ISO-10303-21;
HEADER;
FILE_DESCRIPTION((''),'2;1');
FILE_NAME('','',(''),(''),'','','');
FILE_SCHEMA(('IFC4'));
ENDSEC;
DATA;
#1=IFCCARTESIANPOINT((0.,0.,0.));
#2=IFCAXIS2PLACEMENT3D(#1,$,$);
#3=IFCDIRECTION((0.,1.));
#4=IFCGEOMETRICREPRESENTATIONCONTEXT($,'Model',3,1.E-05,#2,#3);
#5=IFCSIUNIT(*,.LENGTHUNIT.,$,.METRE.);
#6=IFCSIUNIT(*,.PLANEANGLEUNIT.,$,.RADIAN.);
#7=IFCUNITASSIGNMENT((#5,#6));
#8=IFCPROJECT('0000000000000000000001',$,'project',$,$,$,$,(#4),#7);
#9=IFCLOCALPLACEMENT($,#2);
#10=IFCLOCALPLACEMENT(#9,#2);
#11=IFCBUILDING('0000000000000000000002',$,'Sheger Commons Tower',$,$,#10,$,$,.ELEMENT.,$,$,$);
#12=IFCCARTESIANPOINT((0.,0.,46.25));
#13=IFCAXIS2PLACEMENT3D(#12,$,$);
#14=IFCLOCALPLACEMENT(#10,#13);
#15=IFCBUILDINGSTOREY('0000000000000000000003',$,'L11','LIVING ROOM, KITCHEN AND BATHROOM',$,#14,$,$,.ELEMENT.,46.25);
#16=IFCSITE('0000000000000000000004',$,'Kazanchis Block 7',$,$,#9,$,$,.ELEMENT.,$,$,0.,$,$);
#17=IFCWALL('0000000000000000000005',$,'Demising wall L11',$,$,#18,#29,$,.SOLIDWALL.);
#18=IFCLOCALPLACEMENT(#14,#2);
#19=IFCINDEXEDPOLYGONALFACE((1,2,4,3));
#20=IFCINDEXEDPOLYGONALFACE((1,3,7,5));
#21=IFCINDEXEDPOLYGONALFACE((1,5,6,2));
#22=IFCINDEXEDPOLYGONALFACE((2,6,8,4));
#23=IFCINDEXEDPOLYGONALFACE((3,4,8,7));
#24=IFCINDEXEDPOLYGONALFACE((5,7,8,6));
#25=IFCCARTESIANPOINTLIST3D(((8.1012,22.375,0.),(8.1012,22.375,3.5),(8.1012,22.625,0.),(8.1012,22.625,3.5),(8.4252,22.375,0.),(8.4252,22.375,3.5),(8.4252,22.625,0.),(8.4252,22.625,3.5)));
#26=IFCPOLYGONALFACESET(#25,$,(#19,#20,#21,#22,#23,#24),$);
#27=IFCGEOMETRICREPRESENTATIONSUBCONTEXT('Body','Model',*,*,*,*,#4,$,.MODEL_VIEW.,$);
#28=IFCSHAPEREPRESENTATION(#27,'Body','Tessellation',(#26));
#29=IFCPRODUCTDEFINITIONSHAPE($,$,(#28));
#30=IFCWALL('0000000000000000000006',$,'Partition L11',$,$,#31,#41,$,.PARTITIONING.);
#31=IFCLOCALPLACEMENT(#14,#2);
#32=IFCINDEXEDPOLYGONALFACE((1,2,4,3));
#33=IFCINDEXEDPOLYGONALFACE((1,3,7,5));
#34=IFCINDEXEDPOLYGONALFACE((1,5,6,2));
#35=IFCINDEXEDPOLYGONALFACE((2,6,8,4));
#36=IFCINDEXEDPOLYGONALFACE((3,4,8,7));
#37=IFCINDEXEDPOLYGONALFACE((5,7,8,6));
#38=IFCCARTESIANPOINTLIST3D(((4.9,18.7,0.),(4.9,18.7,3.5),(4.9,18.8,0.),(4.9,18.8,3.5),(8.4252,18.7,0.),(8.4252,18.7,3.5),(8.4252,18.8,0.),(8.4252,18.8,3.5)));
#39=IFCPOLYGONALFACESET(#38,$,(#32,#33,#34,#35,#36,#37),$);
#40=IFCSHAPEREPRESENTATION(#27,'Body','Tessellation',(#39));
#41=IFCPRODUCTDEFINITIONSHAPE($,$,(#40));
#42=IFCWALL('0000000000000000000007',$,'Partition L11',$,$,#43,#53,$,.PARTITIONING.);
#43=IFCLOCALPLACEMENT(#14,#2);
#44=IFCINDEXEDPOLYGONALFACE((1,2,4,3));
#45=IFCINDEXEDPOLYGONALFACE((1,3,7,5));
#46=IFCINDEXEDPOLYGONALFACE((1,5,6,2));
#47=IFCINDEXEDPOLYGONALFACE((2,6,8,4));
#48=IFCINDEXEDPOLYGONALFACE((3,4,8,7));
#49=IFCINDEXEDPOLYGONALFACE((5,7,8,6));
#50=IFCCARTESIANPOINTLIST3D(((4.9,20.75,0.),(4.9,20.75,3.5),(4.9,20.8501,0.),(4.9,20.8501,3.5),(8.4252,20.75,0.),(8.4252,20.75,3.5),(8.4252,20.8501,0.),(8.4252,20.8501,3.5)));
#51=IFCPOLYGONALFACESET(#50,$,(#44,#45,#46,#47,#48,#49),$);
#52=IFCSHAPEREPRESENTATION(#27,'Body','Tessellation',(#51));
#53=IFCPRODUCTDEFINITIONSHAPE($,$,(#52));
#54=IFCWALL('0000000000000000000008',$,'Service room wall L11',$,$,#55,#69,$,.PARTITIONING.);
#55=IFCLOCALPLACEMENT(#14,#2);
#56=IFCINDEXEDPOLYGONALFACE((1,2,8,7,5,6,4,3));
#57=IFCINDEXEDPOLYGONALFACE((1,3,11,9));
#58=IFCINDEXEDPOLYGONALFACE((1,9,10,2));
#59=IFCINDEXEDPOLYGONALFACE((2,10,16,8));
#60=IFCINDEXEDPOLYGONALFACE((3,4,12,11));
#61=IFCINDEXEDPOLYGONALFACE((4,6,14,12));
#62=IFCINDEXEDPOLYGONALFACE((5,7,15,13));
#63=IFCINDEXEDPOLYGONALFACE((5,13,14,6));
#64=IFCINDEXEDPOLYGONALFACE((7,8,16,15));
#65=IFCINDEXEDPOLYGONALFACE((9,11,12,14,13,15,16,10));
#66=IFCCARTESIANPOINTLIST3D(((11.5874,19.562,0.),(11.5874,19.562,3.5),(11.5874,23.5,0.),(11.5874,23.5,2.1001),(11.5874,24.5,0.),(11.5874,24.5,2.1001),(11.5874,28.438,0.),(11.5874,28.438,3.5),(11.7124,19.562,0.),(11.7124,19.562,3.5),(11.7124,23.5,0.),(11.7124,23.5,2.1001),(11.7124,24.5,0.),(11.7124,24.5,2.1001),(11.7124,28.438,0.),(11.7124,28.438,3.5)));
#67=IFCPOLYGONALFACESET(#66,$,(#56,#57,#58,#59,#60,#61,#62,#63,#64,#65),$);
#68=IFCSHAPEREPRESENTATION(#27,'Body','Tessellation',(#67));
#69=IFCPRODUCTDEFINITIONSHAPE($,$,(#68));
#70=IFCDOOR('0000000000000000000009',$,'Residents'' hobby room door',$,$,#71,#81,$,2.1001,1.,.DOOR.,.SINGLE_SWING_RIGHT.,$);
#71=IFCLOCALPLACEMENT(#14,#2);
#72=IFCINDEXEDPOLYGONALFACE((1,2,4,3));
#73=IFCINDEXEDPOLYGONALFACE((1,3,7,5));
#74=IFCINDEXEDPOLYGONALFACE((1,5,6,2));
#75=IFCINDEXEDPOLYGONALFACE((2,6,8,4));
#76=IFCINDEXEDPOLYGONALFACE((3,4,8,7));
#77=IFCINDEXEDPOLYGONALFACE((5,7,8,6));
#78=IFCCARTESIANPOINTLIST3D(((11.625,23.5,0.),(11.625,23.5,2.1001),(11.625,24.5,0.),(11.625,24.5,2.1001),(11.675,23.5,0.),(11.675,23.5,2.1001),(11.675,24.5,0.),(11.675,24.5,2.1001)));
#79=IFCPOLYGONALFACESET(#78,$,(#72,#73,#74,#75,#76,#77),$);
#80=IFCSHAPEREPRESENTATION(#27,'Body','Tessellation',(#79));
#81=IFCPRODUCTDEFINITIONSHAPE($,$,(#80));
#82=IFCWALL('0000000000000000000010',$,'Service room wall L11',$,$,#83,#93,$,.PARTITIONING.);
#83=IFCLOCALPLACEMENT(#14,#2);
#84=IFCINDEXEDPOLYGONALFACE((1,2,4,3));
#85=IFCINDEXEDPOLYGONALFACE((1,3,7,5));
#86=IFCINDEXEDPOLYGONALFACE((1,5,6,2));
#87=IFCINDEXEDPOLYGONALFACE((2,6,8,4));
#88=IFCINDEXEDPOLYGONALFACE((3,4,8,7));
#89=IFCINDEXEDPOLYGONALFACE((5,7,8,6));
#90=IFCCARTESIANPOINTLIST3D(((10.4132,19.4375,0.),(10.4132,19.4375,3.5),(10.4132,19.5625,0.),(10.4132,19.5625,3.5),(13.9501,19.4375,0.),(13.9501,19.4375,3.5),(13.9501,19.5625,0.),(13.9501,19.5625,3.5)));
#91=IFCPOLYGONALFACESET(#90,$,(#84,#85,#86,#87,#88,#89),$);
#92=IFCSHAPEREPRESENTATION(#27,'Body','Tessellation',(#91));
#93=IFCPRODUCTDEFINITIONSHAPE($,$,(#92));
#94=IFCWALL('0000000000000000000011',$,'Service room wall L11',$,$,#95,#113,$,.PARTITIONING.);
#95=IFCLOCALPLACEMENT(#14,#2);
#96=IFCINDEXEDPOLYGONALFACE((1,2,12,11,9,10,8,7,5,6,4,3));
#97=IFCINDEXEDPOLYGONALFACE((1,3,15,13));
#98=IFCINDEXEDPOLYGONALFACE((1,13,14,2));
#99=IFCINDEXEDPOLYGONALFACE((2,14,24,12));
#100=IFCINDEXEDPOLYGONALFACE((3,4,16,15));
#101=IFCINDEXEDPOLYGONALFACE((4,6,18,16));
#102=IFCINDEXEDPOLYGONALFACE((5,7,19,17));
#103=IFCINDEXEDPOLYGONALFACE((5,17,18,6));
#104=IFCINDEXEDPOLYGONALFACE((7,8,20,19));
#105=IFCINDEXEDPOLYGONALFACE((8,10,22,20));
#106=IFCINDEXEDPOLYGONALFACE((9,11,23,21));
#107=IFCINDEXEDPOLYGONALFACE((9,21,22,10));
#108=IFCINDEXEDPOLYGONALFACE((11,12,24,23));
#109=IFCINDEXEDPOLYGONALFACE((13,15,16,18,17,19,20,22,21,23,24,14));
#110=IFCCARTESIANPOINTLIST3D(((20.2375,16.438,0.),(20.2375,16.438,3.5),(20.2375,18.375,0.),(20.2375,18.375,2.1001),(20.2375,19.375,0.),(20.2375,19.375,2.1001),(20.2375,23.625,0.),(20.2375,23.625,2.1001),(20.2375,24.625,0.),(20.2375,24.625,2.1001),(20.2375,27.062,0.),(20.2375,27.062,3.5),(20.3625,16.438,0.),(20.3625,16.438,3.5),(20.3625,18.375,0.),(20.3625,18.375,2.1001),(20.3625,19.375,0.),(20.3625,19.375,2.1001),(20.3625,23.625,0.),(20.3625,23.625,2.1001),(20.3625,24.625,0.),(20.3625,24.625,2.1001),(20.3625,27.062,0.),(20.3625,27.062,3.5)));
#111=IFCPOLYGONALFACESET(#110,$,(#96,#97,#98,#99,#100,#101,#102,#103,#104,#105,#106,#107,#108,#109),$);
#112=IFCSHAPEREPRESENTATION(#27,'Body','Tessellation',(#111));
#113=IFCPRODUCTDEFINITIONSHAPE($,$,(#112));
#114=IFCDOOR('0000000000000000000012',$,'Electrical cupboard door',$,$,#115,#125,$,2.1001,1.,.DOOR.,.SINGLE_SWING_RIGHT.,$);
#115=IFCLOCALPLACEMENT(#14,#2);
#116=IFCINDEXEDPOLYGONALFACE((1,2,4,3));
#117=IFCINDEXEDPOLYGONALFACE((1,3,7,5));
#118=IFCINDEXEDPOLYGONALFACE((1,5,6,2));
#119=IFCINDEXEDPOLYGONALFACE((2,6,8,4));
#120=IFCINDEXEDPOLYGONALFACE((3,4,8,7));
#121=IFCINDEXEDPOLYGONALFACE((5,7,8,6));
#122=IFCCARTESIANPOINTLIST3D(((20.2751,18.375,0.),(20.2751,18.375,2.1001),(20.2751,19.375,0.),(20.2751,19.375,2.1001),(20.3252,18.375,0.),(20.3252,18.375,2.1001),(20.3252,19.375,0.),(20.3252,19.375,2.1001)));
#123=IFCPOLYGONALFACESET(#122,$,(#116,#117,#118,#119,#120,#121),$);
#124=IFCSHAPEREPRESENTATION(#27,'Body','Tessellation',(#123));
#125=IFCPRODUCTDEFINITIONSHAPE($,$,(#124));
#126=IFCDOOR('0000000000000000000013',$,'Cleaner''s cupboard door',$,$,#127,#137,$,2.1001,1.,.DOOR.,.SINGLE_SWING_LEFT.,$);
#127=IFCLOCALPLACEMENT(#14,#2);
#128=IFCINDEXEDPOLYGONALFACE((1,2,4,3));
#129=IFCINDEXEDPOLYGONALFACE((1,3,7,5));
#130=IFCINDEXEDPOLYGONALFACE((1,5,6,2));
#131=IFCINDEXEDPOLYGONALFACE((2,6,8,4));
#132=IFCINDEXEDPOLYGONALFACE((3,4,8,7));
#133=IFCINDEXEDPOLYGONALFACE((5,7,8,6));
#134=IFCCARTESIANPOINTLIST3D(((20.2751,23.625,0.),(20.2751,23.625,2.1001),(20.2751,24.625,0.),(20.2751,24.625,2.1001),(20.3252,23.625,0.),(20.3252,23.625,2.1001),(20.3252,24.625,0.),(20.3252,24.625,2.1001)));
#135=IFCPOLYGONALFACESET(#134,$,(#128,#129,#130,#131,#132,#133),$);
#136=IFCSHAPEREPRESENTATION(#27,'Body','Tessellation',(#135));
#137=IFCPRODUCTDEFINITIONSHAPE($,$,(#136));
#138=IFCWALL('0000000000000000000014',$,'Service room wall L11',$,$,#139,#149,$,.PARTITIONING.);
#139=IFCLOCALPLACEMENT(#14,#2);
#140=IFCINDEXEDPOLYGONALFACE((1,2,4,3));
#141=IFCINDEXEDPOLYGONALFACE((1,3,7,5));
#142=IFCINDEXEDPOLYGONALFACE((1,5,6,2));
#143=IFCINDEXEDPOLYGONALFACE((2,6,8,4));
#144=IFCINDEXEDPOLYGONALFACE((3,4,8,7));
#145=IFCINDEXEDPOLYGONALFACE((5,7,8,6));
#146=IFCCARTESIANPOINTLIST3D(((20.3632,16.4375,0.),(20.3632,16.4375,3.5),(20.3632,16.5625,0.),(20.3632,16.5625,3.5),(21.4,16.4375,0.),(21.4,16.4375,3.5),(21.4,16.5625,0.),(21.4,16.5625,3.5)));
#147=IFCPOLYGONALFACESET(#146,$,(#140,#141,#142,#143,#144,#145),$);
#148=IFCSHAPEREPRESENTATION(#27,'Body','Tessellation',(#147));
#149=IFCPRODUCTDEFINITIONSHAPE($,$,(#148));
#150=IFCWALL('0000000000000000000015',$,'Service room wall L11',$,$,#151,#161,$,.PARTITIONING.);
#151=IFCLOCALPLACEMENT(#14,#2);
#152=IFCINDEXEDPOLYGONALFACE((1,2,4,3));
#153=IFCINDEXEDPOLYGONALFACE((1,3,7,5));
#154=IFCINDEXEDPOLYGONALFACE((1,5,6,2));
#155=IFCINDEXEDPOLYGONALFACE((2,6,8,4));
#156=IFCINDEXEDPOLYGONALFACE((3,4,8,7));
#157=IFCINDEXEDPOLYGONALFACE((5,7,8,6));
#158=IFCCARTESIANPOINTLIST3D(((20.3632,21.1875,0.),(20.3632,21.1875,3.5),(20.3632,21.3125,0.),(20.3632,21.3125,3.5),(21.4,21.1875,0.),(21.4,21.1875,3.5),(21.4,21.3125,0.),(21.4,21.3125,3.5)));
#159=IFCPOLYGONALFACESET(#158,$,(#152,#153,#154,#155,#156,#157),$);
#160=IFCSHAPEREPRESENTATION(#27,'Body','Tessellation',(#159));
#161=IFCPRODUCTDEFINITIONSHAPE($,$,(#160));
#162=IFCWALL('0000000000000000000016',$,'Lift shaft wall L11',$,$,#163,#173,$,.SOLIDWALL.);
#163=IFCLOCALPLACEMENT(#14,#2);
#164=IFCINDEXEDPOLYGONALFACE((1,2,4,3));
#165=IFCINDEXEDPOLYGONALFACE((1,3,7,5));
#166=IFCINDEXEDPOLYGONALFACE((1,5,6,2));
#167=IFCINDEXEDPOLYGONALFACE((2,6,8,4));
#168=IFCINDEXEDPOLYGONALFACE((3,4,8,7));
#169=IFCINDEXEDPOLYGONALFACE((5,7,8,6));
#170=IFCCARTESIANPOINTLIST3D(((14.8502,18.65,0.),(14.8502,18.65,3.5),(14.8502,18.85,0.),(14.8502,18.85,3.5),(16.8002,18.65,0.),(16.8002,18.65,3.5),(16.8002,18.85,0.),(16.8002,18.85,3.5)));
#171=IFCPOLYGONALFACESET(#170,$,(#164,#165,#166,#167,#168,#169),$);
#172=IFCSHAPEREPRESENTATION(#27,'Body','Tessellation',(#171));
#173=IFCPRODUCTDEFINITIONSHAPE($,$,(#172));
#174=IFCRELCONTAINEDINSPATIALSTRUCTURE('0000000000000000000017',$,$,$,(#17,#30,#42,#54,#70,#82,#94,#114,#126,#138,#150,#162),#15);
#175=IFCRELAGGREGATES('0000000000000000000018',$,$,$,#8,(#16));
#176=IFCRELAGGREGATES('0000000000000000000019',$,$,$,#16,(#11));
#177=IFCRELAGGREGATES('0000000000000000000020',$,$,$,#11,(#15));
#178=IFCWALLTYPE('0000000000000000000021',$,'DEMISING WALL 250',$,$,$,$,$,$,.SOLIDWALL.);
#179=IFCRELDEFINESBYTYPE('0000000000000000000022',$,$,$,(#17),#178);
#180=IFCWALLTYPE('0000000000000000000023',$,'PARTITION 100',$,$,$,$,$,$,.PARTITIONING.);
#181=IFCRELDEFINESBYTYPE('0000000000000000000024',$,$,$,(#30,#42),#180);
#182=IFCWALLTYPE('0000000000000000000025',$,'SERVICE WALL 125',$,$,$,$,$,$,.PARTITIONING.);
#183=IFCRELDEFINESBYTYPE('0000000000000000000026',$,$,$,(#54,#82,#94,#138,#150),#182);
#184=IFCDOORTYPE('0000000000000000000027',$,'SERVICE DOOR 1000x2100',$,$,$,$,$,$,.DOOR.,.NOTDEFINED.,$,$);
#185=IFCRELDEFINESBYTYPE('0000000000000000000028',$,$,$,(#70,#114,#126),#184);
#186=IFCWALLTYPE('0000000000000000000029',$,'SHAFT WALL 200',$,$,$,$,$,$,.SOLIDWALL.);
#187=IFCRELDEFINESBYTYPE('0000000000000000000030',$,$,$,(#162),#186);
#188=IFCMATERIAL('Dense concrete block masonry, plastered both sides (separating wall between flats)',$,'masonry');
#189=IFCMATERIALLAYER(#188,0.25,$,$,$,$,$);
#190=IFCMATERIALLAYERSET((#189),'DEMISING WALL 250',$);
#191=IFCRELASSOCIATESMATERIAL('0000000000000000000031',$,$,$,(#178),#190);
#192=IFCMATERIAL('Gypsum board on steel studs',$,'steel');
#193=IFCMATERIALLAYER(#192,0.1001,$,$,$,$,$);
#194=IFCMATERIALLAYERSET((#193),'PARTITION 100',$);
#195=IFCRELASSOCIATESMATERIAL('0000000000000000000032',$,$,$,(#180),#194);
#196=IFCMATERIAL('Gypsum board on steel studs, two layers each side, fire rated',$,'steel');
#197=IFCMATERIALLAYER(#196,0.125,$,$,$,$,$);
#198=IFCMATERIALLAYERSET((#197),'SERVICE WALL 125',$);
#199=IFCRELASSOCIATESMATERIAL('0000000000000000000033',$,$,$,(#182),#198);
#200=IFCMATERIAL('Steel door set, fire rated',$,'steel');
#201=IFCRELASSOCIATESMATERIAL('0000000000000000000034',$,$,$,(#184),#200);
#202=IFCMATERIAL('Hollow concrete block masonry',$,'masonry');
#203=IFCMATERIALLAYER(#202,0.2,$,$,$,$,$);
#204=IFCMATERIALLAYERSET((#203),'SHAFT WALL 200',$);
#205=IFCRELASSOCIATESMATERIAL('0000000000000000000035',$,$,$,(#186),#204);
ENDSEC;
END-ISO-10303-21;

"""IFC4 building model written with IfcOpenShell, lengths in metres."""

from ifc_helpers import new_model, si_unit, direction, frame, frame_2d, origin, place, context, subcontext, project, spatial, rectangle, extrude, material, layer, layer_set, type_object, element, fill, save


model = new_model("IFC4")

# Units and contexts
model_context = context("Model", 3, precision=1e-05, world=origin(), true_north=direction((0.0, 1.0)))
body_context = subcontext(model_context, "Body", "Model", "MODEL_VIEW")
ifc_project = project(units=[si_unit("LENGTHUNIT", "METRE"), si_unit("PLANEANGLEUNIT", "RADIAN")], contexts=[model_context])

# Site, building, storey
site_placement = place(None, origin())
site = spatial("IfcSite", under=ifc_project, at=site_placement, Name="Kazanchis Block 7", CompositionType="ELEMENT", RefElevation=0.0)
building_placement = place(site_placement, origin())
building = spatial("IfcBuilding", under=site, at=building_placement, Name="Sheger Commons Tower", CompositionType="ELEMENT")
storey_placement = place(building_placement, frame((0.0, 0.0, 46.25)))
storey = spatial("IfcBuildingStorey", under=building, at=storey_placement, Name="L11", Description="LIVING ROOM, KITCHEN AND BATHROOM", CompositionType="ELEMENT", Elevation=46.25)

# Walls
ifc_material_1 = material(Name="Dense concrete block masonry, plastered both sides (separating wall between flats)", Category="masonry")
ifc_layer_1 = layer(ifc_material_1, 0.25)
ifc_layer_set_1 = layer_set([ifc_layer_1], Name="DEMISING WALL 250")
wall_type_1 = type_object("IfcWallType", Name="DEMISING WALL 250", PredefinedType="SOLIDWALL", material=ifc_layer_set_1)
wall_1_placement = place(storey_placement, frame((8.1011, 22.5, 0.0), z_axis=(0.0, 0.0, 1.0), x_axis=(1.0, 0.0, 0.0)))
element("IfcWall", 1, at=wall_1_placement, inside=storey, type_object=wall_type_1, Name="Demising wall L11", PredefinedType="SOLIDWALL", context=body_context, shape_type="SweptSolid", body=[
    extrude(rectangle(XDim=0.324, YDim=0.25, at=frame_2d((0.1621, 0.0))), origin(), (0.0, 0.0, 1.0), 3.5),
])
ifc_material_2 = material(Name="Gypsum board on steel studs", Category="steel")
ifc_layer_2 = layer(ifc_material_2, 0.1001)
ifc_layer_set_2 = layer_set([ifc_layer_2], Name="PARTITION 100")
wall_type_2 = type_object("IfcWallType", Name="PARTITION 100", PredefinedType="PARTITIONING", material=ifc_layer_set_2)
for number, where, z_axis, x_axis, name in (
    (2, (4.8999, 18.75, 0.0), (0.0, 0.0, 1.0), (1.0, 0.0, 0.0), "Partition L11"),
    (3, (4.8999, 20.8, 0.0), (0.0, 0.0, 1.0), (1.0, 0.0, 0.0), "Partition L11"),
):
    element("IfcWall", number, at=place(storey_placement, frame(where, z_axis=z_axis, x_axis=x_axis)), inside=storey, type_object=wall_type_2, Name=name, PredefinedType="PARTITIONING", context=body_context, shape_type="SweptSolid", body=[
        extrude(rectangle(XDim=3.5251, YDim=0.1001, at=frame_2d((1.7627, 0.0))), origin(), (0.0, 0.0, 1.0), 3.5),
    ])

# Wall, opening, door
ifc_material_3 = material(Name="Gypsum board on steel studs, two layers each side, fire rated", Category="steel")
ifc_layer_3 = layer(ifc_material_3, 0.125)
ifc_layer_set_3 = layer_set([ifc_layer_3], Name="SERVICE WALL 125")
wall_type_3 = type_object("IfcWallType", Name="SERVICE WALL 125", PredefinedType="PARTITIONING", material=ifc_layer_set_3)
wall_2_placement = place(storey_placement, frame((11.6499, 19.562, 0.0), z_axis=(0.0, 0.0, 1.0), x_axis=(0.0, 1.0, 0.0)))
wall_2 = element("IfcWall", 4, at=wall_2_placement, inside=storey, type_object=wall_type_3, Name="Service room wall L11", PredefinedType="PARTITIONING", context=body_context, shape_type="SweptSolid", body=[
    extrude(rectangle(XDim=8.876, YDim=0.125, at=frame_2d((4.438, 0.0))), origin(), (0.0, 0.0, 1.0), 3.5),
])
opening_1_placement = place(wall_2_placement, frame((3.938, 0.0, 0.0)))
opening_1 = element("IfcOpeningElement", 5, at=opening_1_placement, cuts=wall_2, PredefinedType="OPENING", context=body_context, shape_type="SweptSolid", body=[
    extrude(rectangle(XDim=1.0, YDim=2.1001, at=frame_2d((0.5, 1.05))), frame((0.0, 0.0725, 0.0), z_axis=(0.0, -1.0, 0.0), x_axis=(1.0, 0.0, 0.0)), (0.0, 0.0, 1.0), 0.145),
])
ifc_material_4 = material(Name="Steel door set, fire rated", Category="steel")
door_type_1 = type_object("IfcDoorType", Name="SERVICE DOOR 1000x2100", OperationType="NOTDEFINED", PredefinedType="DOOR", material=ifc_material_4)
door_1_placement = place(opening_1_placement, origin())
door_1 = element("IfcDoor", 6, at=door_1_placement, inside=storey, type_object=door_type_1, Name="Residents' hobby room door", OperationType="SINGLE_SWING_RIGHT", OverallHeight=2.1001, OverallWidth=1.0, PredefinedType="DOOR", context=body_context, shape_type="SweptSolid", body=[
    extrude(rectangle(XDim=1.0, YDim=2.1001, at=frame_2d((0.5, 1.05))), frame((0.0, 0.0249, 0.0), z_axis=(0.0, -1.0, 0.0), x_axis=(1.0, 0.0, 0.0)), (0.0, 0.0, 1.0), 0.05),
])
fill(opening_1, door_1)

# Wall
wall_3_placement = place(storey_placement, frame((10.4131, 19.5, 0.0), z_axis=(0.0, 0.0, 1.0), x_axis=(1.0, 0.0, 0.0)))
element("IfcWall", 7, at=wall_3_placement, inside=storey, type_object=wall_type_3, Name="Service room wall L11", PredefinedType="PARTITIONING", context=body_context, shape_type="SweptSolid", body=[
    extrude(rectangle(XDim=3.5369, YDim=0.125, at=frame_2d((1.7686, 0.0))), origin(), (0.0, 0.0, 1.0), 3.5),
])

# Wall, openings, doors
wall_4_placement = place(storey_placement, frame((20.3, 16.438, 0.0), z_axis=(0.0, 0.0, 1.0), x_axis=(0.0, 1.0, 0.0)))
wall_4 = element("IfcWall", 8, at=wall_4_placement, inside=storey, type_object=wall_type_3, Name="Service room wall L11", PredefinedType="PARTITIONING", context=body_context, shape_type="SweptSolid", body=[
    extrude(rectangle(XDim=10.624, YDim=0.125, at=frame_2d((5.312, 0.0))), origin(), (0.0, 0.0, 1.0), 3.5),
])
opening_2_placement = place(wall_4_placement, frame((1.937, 0.0, 0.0)))
opening_2 = element("IfcOpeningElement", 9, at=opening_2_placement, cuts=wall_4, PredefinedType="OPENING", context=body_context, shape_type="SweptSolid", body=[
    extrude(rectangle(XDim=1.0, YDim=2.1001, at=frame_2d((0.5, 1.05))), frame((0.0, 0.0725, 0.0), z_axis=(0.0, -1.0, 0.0), x_axis=(1.0, 0.0, 0.0)), (0.0, 0.0, 1.0), 0.145),
])
opening_3_placement = place(wall_4_placement, frame((7.187, 0.0, 0.0)))
opening_3 = element("IfcOpeningElement", 10, at=opening_3_placement, cuts=wall_4, PredefinedType="OPENING", context=body_context, shape_type="SweptSolid", body=[
    extrude(rectangle(XDim=1.0, YDim=2.1001, at=frame_2d((0.5, 1.05))), frame((0.0, 0.0725, 0.0), z_axis=(0.0, -1.0, 0.0), x_axis=(1.0, 0.0, 0.0)), (0.0, 0.0, 1.0), 0.145),
])
door_2_placement = place(opening_2_placement, origin())
door_2 = element("IfcDoor", 11, at=door_2_placement, inside=storey, type_object=door_type_1, Name="Electrical cupboard door", OperationType="SINGLE_SWING_RIGHT", OverallHeight=2.1001, OverallWidth=1.0, PredefinedType="DOOR", context=body_context, shape_type="SweptSolid", body=[
    extrude(rectangle(XDim=1.0, YDim=2.1001, at=frame_2d((0.5, 1.05))), frame((0.0, 0.0249, 0.0), z_axis=(0.0, -1.0, 0.0), x_axis=(1.0, 0.0, 0.0)), (0.0, 0.0, 1.0), 0.05),
])
fill(opening_2, door_2)
door_3_placement = place(opening_3_placement, origin())
door_3 = element("IfcDoor", 12, at=door_3_placement, inside=storey, type_object=door_type_1, Name="Cleaner's cupboard door", OperationType="SINGLE_SWING_LEFT", OverallHeight=2.1001, OverallWidth=1.0, PredefinedType="DOOR", context=body_context, shape_type="SweptSolid", body=[
    extrude(rectangle(XDim=1.0, YDim=2.1001, at=frame_2d((0.5, 1.05))), frame((0.0, 0.0249, 0.0), z_axis=(0.0, -1.0, 0.0), x_axis=(1.0, 0.0, 0.0)), (0.0, 0.0, 1.0), 0.05),
])
fill(opening_3, door_3)

# Walls
for number, where, z_axis, x_axis, name in (
    (13, (20.363, 16.5, 0.0), (0.0, 0.0, 1.0), (1.0, 0.0, 0.0), "Service room wall L11"),
    (14, (20.363, 21.25, 0.0), (0.0, 0.0, 1.0), (1.0, 0.0, 0.0), "Service room wall L11"),
):
    element("IfcWall", number, at=place(storey_placement, frame(where, z_axis=z_axis, x_axis=x_axis)), inside=storey, type_object=wall_type_3, Name=name, PredefinedType="PARTITIONING", context=body_context, shape_type="SweptSolid", body=[
        extrude(rectangle(XDim=1.0369, YDim=0.125, at=frame_2d((0.5186, 0.0))), origin(), (0.0, 0.0, 1.0), 3.5),
    ])
ifc_material_5 = material(Name="Hollow concrete block masonry", Category="masonry")
ifc_layer_4 = layer(ifc_material_5, 0.2)
ifc_layer_set_4 = layer_set([ifc_layer_4], Name="SHAFT WALL 200")
wall_type_4 = type_object("IfcWallType", Name="SHAFT WALL 200", PredefinedType="SOLIDWALL", material=ifc_layer_set_4)
wall_5_placement = place(storey_placement, frame((14.8501, 18.75, 0.0), z_axis=(0.0, 0.0, 1.0), x_axis=(1.0, 0.0, 0.0)))
element("IfcWall", 15, at=wall_5_placement, inside=storey, type_object=wall_type_4, Name="Lift shaft wall L11", PredefinedType="SOLIDWALL", context=body_context, shape_type="SweptSolid", body=[
    extrude(rectangle(XDim=1.95, YDim=0.2, at=frame_2d((0.9751, 0.0))), origin(), (0.0, 0.0, 1.0), 3.5),
])

save(model, "model.ifc")
